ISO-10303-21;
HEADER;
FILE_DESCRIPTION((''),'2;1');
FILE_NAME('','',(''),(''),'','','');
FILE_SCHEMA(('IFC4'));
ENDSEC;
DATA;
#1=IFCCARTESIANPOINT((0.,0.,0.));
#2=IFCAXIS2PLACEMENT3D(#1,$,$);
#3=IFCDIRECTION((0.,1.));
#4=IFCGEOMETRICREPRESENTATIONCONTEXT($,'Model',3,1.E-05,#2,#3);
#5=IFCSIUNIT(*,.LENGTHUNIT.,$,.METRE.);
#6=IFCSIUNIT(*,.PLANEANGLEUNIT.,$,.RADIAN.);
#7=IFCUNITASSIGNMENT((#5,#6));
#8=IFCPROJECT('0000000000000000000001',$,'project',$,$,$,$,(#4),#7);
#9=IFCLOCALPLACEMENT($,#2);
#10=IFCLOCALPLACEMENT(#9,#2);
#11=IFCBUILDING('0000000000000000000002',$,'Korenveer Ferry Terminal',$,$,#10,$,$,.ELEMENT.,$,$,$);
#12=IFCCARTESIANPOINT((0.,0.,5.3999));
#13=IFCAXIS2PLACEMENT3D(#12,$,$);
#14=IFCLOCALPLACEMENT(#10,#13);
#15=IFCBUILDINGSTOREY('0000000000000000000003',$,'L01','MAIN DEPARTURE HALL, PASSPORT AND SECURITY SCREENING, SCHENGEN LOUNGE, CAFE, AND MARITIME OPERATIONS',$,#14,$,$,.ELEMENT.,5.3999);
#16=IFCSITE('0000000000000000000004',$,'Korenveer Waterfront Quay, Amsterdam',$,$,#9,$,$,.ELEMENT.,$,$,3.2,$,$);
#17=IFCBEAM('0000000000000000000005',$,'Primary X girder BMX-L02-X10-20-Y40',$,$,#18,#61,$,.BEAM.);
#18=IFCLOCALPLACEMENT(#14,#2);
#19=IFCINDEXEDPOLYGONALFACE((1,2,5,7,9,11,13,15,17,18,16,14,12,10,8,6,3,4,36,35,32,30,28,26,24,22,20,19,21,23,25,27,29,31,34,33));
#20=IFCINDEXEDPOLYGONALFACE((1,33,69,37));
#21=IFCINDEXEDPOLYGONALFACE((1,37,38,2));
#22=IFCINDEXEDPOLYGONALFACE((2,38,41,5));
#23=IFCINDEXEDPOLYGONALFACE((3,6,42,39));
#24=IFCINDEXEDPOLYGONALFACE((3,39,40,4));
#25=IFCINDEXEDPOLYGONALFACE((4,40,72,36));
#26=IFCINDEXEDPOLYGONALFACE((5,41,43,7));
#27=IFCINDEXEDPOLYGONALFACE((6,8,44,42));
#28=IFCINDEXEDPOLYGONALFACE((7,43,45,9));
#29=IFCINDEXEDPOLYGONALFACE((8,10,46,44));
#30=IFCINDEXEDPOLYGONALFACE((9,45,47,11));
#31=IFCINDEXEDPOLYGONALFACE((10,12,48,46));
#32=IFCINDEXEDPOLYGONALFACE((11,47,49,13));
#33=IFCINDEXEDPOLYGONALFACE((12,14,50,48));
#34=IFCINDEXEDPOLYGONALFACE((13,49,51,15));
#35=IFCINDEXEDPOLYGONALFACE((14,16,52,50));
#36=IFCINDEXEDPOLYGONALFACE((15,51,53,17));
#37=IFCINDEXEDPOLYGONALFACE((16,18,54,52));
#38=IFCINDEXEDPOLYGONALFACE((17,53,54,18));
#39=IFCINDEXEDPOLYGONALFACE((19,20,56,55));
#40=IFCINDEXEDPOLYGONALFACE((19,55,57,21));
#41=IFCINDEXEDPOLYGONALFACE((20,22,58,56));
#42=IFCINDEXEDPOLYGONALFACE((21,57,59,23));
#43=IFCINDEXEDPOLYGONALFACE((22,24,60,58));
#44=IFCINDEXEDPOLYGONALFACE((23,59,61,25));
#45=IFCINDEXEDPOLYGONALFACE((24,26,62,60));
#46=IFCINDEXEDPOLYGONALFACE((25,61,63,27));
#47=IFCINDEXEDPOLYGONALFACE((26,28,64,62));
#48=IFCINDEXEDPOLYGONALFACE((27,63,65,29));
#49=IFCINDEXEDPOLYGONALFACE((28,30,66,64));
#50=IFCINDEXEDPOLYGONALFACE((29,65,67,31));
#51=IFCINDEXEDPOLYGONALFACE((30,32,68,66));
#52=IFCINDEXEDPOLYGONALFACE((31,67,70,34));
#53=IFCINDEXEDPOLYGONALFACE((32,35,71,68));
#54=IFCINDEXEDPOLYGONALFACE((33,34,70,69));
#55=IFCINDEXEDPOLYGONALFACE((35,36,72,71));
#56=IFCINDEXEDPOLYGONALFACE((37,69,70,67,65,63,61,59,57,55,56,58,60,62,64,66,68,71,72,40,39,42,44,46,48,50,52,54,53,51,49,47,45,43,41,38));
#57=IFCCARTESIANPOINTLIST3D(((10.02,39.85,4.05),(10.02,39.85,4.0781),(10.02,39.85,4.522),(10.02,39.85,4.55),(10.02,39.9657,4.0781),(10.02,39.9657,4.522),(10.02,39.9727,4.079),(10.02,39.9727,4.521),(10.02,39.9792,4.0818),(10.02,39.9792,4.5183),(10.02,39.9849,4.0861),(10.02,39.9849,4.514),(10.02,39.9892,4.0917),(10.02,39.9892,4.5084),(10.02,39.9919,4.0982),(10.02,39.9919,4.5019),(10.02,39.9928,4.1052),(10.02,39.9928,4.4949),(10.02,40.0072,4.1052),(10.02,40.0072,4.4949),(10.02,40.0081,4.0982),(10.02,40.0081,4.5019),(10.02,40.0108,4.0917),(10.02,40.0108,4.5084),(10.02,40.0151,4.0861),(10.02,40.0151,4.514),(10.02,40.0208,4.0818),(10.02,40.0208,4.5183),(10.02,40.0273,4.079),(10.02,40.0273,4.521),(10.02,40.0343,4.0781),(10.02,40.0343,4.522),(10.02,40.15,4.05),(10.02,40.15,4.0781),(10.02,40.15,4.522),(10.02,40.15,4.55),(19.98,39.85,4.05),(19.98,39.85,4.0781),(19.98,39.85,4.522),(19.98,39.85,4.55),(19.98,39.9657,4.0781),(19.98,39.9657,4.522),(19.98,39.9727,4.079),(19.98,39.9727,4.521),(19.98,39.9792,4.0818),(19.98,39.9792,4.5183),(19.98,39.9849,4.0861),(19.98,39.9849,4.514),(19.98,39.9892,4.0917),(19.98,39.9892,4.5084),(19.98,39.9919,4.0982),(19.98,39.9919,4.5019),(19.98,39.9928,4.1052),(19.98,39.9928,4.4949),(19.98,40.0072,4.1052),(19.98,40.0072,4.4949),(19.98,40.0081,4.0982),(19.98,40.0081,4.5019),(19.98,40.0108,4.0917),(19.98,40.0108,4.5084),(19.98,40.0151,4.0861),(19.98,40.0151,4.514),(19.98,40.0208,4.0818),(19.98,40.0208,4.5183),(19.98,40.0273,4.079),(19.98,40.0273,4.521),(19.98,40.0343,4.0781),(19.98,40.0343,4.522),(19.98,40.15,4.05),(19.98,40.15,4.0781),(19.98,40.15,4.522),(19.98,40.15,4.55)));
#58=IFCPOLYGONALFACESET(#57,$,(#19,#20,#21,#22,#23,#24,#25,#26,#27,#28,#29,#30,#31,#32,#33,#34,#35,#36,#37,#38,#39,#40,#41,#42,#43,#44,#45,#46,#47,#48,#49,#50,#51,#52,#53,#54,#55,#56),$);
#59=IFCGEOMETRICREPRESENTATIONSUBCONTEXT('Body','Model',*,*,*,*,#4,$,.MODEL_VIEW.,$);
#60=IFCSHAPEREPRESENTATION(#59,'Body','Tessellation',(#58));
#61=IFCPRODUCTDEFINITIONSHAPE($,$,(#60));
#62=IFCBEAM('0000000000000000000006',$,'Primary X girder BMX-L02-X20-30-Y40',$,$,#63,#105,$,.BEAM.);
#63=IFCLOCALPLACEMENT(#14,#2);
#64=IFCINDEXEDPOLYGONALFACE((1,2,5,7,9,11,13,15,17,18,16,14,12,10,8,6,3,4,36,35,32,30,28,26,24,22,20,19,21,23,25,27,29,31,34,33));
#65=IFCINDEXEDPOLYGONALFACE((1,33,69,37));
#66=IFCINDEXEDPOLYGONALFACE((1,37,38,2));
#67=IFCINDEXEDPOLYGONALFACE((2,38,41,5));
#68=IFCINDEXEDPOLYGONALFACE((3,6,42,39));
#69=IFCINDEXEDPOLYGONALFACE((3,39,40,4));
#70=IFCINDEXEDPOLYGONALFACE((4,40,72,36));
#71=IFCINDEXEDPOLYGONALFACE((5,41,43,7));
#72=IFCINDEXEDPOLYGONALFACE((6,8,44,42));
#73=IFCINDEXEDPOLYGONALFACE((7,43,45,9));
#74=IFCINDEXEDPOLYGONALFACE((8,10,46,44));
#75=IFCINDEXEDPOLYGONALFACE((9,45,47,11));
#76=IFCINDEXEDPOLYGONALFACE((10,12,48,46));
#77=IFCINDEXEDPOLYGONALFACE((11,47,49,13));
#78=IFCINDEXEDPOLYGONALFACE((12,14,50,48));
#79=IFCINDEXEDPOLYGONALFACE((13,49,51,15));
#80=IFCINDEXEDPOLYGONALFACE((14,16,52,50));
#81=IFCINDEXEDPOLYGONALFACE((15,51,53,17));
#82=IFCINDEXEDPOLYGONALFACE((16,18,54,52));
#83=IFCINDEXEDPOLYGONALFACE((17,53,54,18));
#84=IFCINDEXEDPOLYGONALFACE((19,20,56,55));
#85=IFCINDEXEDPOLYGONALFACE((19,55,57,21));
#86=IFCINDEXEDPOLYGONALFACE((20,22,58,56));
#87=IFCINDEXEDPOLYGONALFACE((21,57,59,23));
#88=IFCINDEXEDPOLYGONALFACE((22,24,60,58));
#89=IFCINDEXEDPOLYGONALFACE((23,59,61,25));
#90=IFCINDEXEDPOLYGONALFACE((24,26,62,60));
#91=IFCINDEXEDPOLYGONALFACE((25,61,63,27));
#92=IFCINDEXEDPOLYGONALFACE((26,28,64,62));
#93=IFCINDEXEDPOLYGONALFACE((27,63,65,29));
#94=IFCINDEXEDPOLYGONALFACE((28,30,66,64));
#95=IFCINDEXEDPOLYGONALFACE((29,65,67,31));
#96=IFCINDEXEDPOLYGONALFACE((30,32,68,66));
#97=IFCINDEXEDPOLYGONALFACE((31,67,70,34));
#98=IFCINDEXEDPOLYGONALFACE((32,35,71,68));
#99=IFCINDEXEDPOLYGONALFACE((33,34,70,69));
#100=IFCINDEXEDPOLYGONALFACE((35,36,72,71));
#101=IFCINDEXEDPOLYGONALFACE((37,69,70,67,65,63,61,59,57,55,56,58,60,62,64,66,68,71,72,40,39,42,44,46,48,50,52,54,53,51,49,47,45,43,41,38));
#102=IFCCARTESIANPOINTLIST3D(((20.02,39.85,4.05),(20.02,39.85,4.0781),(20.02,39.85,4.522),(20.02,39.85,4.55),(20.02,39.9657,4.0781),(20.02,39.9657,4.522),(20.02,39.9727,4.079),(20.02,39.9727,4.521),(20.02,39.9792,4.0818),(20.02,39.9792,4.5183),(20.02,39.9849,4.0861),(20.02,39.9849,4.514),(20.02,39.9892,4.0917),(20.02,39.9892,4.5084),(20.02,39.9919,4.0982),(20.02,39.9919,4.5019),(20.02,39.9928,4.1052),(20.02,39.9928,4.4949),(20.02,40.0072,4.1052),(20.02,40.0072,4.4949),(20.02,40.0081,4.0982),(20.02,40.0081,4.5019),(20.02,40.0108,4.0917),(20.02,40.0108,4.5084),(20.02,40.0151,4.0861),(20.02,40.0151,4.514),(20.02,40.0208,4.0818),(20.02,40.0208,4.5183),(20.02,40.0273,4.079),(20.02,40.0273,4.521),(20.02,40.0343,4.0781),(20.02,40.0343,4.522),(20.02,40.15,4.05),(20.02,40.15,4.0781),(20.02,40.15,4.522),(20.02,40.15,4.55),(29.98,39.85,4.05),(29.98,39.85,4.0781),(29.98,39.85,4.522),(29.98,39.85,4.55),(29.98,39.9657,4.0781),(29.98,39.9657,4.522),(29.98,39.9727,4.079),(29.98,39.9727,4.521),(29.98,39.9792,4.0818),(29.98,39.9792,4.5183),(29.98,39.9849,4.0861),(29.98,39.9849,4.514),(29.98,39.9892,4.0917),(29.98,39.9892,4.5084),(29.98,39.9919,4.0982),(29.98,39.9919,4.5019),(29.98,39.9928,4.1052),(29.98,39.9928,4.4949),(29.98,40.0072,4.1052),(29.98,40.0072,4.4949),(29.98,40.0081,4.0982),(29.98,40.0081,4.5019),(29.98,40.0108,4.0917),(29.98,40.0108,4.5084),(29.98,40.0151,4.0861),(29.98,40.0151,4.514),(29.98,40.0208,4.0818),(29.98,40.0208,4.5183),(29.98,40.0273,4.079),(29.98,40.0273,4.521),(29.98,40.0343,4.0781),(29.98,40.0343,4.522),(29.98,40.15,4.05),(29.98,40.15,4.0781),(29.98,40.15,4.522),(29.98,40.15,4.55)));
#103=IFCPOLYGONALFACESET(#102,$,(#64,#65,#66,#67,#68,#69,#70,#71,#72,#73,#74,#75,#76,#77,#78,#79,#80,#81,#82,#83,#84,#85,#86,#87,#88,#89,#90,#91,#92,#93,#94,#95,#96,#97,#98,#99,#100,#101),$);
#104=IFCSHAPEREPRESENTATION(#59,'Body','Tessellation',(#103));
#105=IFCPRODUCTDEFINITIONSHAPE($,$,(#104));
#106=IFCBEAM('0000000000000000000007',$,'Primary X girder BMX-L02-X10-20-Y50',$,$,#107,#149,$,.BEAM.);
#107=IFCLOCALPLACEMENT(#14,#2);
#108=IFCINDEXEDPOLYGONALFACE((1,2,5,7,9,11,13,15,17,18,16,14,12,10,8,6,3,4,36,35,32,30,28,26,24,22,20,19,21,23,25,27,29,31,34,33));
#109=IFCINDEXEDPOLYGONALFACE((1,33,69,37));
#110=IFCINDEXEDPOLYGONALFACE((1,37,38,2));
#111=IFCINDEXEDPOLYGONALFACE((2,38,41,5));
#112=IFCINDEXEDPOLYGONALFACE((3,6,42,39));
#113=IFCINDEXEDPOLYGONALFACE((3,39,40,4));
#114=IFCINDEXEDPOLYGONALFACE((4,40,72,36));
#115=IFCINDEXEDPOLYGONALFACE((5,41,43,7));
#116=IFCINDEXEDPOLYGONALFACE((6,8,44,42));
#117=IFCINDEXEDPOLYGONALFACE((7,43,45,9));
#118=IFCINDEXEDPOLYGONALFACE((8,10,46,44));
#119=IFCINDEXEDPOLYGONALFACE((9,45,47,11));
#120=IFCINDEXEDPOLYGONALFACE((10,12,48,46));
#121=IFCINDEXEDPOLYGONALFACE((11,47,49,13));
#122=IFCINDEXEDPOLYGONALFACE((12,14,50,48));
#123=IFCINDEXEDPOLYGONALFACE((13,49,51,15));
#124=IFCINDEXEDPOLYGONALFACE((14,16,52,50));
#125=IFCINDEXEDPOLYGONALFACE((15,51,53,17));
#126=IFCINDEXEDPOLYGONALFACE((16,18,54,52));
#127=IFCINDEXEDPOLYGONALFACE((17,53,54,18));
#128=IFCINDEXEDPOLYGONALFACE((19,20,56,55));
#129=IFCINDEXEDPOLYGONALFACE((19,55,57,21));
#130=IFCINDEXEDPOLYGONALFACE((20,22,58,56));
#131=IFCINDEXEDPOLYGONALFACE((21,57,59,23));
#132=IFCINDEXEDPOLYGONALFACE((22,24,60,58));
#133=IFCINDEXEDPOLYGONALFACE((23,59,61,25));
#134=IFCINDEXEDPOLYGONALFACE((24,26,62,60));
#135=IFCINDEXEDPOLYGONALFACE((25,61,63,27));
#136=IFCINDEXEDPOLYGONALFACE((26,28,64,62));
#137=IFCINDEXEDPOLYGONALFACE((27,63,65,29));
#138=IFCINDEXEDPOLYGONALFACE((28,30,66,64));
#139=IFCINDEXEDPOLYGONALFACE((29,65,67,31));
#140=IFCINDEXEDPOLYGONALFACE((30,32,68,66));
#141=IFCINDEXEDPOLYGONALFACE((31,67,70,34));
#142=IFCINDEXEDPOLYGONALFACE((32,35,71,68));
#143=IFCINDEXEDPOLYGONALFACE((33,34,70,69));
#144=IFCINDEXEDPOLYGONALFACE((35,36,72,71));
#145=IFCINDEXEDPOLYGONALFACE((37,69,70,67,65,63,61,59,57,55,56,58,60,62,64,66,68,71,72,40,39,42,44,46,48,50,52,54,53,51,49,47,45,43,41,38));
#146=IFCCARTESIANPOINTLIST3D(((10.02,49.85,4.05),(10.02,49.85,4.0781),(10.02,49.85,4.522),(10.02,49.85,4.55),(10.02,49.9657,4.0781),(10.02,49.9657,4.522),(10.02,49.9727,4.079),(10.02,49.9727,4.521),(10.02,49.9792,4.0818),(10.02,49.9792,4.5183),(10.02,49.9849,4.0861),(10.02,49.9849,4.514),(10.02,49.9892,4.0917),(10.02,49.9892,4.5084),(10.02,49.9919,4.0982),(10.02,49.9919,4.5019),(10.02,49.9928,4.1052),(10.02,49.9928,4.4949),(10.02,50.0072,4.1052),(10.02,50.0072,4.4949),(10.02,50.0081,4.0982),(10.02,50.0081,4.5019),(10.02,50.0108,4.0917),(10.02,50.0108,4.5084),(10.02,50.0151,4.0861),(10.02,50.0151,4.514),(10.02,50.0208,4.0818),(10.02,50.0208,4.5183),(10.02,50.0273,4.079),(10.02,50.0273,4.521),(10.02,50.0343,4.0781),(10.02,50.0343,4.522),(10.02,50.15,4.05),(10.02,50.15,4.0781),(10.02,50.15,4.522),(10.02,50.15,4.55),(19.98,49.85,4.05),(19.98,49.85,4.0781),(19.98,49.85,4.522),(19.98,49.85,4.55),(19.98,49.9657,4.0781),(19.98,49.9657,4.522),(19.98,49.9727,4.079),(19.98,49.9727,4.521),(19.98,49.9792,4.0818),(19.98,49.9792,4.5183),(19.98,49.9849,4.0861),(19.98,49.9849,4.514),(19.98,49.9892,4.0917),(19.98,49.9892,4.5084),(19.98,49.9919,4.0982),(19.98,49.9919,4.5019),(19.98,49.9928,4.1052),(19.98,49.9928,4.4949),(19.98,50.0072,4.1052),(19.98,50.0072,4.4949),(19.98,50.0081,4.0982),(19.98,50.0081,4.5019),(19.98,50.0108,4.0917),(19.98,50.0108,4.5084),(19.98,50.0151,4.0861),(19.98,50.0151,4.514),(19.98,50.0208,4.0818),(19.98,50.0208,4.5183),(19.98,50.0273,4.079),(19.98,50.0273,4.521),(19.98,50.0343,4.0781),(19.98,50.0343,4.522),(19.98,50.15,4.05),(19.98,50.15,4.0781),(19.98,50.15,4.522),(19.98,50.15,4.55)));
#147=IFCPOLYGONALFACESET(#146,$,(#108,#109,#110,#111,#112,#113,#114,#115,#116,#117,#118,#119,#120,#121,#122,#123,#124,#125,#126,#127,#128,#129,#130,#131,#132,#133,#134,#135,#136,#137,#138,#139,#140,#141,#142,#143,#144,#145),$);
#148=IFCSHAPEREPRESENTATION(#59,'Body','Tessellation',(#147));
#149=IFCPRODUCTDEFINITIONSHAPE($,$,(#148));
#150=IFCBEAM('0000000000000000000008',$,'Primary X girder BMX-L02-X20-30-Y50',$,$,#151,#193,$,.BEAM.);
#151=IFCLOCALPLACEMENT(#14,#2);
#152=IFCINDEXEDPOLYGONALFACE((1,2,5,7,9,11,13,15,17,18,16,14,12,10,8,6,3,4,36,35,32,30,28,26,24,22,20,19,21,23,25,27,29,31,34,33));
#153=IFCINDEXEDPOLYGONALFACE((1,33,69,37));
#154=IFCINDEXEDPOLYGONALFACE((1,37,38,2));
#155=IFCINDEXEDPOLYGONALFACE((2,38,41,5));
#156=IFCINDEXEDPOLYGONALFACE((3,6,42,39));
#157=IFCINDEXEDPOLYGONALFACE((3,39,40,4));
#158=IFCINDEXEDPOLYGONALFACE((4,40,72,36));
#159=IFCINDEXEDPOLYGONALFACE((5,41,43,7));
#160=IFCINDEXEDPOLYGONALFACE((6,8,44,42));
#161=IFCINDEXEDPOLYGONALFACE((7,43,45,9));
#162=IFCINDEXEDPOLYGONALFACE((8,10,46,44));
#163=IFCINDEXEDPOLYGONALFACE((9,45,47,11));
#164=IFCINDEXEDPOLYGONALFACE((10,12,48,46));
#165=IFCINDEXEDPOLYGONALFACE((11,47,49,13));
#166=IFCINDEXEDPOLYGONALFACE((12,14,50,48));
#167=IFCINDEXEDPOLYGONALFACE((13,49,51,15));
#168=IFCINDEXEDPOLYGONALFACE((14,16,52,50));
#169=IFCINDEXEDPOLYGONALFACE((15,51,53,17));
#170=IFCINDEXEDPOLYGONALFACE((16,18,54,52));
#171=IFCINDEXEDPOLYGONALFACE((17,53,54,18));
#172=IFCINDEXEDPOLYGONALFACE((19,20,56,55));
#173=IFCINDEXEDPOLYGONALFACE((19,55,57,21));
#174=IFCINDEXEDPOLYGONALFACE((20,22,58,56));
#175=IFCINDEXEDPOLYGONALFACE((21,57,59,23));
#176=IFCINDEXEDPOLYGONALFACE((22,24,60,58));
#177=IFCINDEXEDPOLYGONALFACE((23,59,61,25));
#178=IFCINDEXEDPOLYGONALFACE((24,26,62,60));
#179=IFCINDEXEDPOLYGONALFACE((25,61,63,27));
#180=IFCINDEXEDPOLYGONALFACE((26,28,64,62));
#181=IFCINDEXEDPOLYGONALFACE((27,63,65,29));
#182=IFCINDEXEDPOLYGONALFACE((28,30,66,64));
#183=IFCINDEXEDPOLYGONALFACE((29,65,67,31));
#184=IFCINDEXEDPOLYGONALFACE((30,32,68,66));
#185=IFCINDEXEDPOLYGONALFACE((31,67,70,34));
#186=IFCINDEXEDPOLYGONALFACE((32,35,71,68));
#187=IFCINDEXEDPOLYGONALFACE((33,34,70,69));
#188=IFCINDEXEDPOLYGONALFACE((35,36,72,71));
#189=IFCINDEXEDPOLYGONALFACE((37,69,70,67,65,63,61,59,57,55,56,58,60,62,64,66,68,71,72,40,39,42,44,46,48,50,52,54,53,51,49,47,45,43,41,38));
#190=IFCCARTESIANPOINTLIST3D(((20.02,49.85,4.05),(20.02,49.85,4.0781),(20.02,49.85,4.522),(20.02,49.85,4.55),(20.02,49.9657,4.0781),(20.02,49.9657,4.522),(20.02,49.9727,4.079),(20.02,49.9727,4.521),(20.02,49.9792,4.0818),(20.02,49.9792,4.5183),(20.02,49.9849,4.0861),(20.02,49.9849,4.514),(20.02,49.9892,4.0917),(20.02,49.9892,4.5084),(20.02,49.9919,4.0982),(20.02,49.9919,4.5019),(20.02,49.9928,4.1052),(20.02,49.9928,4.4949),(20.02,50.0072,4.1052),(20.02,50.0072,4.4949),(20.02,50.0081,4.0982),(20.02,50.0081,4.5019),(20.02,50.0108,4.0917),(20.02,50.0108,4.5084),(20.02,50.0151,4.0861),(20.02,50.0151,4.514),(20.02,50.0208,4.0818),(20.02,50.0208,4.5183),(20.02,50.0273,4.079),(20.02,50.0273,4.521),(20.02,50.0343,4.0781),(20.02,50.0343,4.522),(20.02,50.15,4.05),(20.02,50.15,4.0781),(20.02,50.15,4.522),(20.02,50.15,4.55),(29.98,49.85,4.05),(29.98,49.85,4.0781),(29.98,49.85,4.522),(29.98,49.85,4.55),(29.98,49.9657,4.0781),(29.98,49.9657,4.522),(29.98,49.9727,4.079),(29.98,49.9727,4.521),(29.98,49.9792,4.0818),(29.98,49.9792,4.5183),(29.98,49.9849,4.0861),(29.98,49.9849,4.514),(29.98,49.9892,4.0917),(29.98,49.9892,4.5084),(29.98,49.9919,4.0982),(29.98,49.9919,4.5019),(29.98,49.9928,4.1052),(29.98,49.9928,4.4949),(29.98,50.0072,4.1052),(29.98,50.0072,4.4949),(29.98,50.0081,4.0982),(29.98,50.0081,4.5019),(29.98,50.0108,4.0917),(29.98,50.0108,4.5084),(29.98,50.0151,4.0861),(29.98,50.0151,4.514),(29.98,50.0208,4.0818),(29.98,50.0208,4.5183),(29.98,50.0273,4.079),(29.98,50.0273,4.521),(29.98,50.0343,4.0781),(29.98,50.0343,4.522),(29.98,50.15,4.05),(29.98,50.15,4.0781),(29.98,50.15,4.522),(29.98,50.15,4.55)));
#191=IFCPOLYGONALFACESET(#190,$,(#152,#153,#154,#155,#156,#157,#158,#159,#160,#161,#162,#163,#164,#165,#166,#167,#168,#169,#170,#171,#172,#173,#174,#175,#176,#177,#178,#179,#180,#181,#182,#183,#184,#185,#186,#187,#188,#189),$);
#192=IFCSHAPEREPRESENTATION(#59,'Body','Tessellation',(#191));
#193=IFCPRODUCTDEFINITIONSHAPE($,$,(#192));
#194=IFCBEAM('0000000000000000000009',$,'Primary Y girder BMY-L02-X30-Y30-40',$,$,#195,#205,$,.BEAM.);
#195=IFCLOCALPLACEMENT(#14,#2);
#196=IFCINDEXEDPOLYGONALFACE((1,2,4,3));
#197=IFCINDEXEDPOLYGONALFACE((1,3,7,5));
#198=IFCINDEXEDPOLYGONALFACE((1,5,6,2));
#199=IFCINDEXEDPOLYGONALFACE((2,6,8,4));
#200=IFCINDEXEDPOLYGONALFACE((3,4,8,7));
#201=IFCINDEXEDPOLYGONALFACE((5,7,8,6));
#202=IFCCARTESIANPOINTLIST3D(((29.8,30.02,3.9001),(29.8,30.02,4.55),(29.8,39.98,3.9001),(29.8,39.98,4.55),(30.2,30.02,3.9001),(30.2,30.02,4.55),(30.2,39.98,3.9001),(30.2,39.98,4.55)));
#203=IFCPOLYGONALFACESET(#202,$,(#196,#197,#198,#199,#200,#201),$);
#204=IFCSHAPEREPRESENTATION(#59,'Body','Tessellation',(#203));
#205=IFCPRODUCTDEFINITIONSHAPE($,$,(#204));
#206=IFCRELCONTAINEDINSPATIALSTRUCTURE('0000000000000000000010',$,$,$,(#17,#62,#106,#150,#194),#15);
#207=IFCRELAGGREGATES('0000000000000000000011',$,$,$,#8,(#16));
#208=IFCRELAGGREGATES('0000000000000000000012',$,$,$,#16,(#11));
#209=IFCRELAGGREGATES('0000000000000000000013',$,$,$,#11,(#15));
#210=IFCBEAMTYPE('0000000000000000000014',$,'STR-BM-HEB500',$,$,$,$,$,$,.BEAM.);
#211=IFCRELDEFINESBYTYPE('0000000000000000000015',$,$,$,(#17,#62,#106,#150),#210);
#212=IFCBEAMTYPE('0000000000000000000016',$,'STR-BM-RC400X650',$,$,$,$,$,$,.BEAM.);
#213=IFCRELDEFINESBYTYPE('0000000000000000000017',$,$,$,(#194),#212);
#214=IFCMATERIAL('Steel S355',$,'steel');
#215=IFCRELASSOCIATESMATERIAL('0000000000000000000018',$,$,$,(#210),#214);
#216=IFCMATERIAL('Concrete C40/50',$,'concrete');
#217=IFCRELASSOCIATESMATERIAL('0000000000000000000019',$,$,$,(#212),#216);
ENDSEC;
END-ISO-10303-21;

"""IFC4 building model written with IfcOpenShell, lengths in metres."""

from ifc_helpers import new_model, si_unit, direction, frame, origin, origin_2d, place, context, subcontext, project, spatial, rectangle, i_section, extrude, material, material_profile, profile_set, type_object, element, save


model = new_model("IFC4")

# Units and contexts
model_context = context("Model", 3, precision=1e-05, world=origin(), true_north=direction((0.0, 1.0)))
body_context = subcontext(model_context, "Body", "Model", "MODEL_VIEW")
ifc_project = project(units=[si_unit("LENGTHUNIT", "METRE"), si_unit("PLANEANGLEUNIT", "RADIAN")], contexts=[model_context])

# Site, building, storey
site_placement = place(None, origin())
site = spatial("IfcSite", under=ifc_project, at=site_placement, Name="Korenveer Waterfront Quay, Amsterdam", CompositionType="ELEMENT", RefElevation=3.2)
building_placement = place(site_placement, origin())
building = spatial("IfcBuilding", under=site, at=building_placement, Name="Korenveer Ferry Terminal", CompositionType="ELEMENT")
storey_placement = place(building_placement, frame((0.0, 0.0, 5.3999)))
storey = spatial("IfcBuildingStorey", under=building, at=storey_placement, Name="L01", Description="MAIN DEPARTURE HALL, PASSPORT AND SECURITY SCREENING, SCHENGEN LOUNGE, CAFE, AND MARITIME OPERATIONS", CompositionType="ELEMENT", Elevation=5.3999)

# Beams
ifc_material_1 = material(Name="Steel S355", Category="steel")
ifc_material_profile_1 = material_profile(ifc_material_1, i_section(OverallWidth=0.3, OverallDepth=0.5, WebThickness=0.0144, FlangeThickness=0.0281, FilletRadius=0.0271, at=origin_2d()), Name="HEB 500")
ifc_profile_set_1 = profile_set([ifc_material_profile_1], Name="Steel S355")
beam_type_1 = type_object("IfcBeamType", Name="STR-BM-HEB500", PredefinedType="BEAM", material=ifc_profile_set_1)
for number, where, z_axis, x_axis, name in (
    (1, (10.02, 40.0, 4.3), (1.0, 0.0, 0.0), (0.0, 1.0, 0.0), "Primary X girder BMX-L02-X10-20-Y40"),
    (2, (20.02, 40.0, 4.3), (1.0, 0.0, 0.0), (0.0, 1.0, 0.0), "Primary X girder BMX-L02-X20-30-Y40"),
    (3, (10.02, 50.0, 4.3), (1.0, 0.0, 0.0), (0.0, 1.0, 0.0), "Primary X girder BMX-L02-X10-20-Y50"),
    (4, (20.02, 50.0, 4.3), (1.0, 0.0, 0.0), (0.0, 1.0, 0.0), "Primary X girder BMX-L02-X20-30-Y50"),
):
    element("IfcBeam", number, at=place(storey_placement, frame(where, z_axis=z_axis, x_axis=x_axis)), inside=storey, type_object=beam_type_1, Name=name, PredefinedType="BEAM", context=body_context, shape_type="SweptSolid", body=[
        extrude(i_section(OverallWidth=0.3, OverallDepth=0.5, WebThickness=0.0144, FlangeThickness=0.0281, FilletRadius=0.0271, at=origin_2d()), origin(), (0.0, 0.0, 1.0), 9.96),
    ])
ifc_material_2 = material(Name="Concrete C40/50", Category="concrete")
ifc_material_profile_2 = material_profile(ifc_material_2, rectangle(XDim=0.3999, YDim=0.6499, at=origin_2d()), Name="RC 400x650")
ifc_profile_set_2 = profile_set([ifc_material_profile_2], Name="Concrete C40/50")
beam_type_2 = type_object("IfcBeamType", Name="STR-BM-RC400X650", PredefinedType="BEAM", material=ifc_profile_set_2)
for number, where, z_axis, x_axis, name in (
    (5, (30.0, 30.02, 4.2251), (0.0, 1.0, 0.0), (-1.0, 0.0, 0.0), "Primary Y girder BMY-L02-X30-Y30-40"),
):
    element("IfcBeam", number, at=place(storey_placement, frame(where, z_axis=z_axis, x_axis=x_axis)), inside=storey, type_object=beam_type_2, Name=name, PredefinedType="BEAM", context=body_context, shape_type="SweptSolid", body=[
        extrude(rectangle(XDim=0.3999, YDim=0.6499, at=origin_2d()), origin(), (0.0, 0.0, 1.0), 9.96),
    ])

save(model, "model.ifc")
